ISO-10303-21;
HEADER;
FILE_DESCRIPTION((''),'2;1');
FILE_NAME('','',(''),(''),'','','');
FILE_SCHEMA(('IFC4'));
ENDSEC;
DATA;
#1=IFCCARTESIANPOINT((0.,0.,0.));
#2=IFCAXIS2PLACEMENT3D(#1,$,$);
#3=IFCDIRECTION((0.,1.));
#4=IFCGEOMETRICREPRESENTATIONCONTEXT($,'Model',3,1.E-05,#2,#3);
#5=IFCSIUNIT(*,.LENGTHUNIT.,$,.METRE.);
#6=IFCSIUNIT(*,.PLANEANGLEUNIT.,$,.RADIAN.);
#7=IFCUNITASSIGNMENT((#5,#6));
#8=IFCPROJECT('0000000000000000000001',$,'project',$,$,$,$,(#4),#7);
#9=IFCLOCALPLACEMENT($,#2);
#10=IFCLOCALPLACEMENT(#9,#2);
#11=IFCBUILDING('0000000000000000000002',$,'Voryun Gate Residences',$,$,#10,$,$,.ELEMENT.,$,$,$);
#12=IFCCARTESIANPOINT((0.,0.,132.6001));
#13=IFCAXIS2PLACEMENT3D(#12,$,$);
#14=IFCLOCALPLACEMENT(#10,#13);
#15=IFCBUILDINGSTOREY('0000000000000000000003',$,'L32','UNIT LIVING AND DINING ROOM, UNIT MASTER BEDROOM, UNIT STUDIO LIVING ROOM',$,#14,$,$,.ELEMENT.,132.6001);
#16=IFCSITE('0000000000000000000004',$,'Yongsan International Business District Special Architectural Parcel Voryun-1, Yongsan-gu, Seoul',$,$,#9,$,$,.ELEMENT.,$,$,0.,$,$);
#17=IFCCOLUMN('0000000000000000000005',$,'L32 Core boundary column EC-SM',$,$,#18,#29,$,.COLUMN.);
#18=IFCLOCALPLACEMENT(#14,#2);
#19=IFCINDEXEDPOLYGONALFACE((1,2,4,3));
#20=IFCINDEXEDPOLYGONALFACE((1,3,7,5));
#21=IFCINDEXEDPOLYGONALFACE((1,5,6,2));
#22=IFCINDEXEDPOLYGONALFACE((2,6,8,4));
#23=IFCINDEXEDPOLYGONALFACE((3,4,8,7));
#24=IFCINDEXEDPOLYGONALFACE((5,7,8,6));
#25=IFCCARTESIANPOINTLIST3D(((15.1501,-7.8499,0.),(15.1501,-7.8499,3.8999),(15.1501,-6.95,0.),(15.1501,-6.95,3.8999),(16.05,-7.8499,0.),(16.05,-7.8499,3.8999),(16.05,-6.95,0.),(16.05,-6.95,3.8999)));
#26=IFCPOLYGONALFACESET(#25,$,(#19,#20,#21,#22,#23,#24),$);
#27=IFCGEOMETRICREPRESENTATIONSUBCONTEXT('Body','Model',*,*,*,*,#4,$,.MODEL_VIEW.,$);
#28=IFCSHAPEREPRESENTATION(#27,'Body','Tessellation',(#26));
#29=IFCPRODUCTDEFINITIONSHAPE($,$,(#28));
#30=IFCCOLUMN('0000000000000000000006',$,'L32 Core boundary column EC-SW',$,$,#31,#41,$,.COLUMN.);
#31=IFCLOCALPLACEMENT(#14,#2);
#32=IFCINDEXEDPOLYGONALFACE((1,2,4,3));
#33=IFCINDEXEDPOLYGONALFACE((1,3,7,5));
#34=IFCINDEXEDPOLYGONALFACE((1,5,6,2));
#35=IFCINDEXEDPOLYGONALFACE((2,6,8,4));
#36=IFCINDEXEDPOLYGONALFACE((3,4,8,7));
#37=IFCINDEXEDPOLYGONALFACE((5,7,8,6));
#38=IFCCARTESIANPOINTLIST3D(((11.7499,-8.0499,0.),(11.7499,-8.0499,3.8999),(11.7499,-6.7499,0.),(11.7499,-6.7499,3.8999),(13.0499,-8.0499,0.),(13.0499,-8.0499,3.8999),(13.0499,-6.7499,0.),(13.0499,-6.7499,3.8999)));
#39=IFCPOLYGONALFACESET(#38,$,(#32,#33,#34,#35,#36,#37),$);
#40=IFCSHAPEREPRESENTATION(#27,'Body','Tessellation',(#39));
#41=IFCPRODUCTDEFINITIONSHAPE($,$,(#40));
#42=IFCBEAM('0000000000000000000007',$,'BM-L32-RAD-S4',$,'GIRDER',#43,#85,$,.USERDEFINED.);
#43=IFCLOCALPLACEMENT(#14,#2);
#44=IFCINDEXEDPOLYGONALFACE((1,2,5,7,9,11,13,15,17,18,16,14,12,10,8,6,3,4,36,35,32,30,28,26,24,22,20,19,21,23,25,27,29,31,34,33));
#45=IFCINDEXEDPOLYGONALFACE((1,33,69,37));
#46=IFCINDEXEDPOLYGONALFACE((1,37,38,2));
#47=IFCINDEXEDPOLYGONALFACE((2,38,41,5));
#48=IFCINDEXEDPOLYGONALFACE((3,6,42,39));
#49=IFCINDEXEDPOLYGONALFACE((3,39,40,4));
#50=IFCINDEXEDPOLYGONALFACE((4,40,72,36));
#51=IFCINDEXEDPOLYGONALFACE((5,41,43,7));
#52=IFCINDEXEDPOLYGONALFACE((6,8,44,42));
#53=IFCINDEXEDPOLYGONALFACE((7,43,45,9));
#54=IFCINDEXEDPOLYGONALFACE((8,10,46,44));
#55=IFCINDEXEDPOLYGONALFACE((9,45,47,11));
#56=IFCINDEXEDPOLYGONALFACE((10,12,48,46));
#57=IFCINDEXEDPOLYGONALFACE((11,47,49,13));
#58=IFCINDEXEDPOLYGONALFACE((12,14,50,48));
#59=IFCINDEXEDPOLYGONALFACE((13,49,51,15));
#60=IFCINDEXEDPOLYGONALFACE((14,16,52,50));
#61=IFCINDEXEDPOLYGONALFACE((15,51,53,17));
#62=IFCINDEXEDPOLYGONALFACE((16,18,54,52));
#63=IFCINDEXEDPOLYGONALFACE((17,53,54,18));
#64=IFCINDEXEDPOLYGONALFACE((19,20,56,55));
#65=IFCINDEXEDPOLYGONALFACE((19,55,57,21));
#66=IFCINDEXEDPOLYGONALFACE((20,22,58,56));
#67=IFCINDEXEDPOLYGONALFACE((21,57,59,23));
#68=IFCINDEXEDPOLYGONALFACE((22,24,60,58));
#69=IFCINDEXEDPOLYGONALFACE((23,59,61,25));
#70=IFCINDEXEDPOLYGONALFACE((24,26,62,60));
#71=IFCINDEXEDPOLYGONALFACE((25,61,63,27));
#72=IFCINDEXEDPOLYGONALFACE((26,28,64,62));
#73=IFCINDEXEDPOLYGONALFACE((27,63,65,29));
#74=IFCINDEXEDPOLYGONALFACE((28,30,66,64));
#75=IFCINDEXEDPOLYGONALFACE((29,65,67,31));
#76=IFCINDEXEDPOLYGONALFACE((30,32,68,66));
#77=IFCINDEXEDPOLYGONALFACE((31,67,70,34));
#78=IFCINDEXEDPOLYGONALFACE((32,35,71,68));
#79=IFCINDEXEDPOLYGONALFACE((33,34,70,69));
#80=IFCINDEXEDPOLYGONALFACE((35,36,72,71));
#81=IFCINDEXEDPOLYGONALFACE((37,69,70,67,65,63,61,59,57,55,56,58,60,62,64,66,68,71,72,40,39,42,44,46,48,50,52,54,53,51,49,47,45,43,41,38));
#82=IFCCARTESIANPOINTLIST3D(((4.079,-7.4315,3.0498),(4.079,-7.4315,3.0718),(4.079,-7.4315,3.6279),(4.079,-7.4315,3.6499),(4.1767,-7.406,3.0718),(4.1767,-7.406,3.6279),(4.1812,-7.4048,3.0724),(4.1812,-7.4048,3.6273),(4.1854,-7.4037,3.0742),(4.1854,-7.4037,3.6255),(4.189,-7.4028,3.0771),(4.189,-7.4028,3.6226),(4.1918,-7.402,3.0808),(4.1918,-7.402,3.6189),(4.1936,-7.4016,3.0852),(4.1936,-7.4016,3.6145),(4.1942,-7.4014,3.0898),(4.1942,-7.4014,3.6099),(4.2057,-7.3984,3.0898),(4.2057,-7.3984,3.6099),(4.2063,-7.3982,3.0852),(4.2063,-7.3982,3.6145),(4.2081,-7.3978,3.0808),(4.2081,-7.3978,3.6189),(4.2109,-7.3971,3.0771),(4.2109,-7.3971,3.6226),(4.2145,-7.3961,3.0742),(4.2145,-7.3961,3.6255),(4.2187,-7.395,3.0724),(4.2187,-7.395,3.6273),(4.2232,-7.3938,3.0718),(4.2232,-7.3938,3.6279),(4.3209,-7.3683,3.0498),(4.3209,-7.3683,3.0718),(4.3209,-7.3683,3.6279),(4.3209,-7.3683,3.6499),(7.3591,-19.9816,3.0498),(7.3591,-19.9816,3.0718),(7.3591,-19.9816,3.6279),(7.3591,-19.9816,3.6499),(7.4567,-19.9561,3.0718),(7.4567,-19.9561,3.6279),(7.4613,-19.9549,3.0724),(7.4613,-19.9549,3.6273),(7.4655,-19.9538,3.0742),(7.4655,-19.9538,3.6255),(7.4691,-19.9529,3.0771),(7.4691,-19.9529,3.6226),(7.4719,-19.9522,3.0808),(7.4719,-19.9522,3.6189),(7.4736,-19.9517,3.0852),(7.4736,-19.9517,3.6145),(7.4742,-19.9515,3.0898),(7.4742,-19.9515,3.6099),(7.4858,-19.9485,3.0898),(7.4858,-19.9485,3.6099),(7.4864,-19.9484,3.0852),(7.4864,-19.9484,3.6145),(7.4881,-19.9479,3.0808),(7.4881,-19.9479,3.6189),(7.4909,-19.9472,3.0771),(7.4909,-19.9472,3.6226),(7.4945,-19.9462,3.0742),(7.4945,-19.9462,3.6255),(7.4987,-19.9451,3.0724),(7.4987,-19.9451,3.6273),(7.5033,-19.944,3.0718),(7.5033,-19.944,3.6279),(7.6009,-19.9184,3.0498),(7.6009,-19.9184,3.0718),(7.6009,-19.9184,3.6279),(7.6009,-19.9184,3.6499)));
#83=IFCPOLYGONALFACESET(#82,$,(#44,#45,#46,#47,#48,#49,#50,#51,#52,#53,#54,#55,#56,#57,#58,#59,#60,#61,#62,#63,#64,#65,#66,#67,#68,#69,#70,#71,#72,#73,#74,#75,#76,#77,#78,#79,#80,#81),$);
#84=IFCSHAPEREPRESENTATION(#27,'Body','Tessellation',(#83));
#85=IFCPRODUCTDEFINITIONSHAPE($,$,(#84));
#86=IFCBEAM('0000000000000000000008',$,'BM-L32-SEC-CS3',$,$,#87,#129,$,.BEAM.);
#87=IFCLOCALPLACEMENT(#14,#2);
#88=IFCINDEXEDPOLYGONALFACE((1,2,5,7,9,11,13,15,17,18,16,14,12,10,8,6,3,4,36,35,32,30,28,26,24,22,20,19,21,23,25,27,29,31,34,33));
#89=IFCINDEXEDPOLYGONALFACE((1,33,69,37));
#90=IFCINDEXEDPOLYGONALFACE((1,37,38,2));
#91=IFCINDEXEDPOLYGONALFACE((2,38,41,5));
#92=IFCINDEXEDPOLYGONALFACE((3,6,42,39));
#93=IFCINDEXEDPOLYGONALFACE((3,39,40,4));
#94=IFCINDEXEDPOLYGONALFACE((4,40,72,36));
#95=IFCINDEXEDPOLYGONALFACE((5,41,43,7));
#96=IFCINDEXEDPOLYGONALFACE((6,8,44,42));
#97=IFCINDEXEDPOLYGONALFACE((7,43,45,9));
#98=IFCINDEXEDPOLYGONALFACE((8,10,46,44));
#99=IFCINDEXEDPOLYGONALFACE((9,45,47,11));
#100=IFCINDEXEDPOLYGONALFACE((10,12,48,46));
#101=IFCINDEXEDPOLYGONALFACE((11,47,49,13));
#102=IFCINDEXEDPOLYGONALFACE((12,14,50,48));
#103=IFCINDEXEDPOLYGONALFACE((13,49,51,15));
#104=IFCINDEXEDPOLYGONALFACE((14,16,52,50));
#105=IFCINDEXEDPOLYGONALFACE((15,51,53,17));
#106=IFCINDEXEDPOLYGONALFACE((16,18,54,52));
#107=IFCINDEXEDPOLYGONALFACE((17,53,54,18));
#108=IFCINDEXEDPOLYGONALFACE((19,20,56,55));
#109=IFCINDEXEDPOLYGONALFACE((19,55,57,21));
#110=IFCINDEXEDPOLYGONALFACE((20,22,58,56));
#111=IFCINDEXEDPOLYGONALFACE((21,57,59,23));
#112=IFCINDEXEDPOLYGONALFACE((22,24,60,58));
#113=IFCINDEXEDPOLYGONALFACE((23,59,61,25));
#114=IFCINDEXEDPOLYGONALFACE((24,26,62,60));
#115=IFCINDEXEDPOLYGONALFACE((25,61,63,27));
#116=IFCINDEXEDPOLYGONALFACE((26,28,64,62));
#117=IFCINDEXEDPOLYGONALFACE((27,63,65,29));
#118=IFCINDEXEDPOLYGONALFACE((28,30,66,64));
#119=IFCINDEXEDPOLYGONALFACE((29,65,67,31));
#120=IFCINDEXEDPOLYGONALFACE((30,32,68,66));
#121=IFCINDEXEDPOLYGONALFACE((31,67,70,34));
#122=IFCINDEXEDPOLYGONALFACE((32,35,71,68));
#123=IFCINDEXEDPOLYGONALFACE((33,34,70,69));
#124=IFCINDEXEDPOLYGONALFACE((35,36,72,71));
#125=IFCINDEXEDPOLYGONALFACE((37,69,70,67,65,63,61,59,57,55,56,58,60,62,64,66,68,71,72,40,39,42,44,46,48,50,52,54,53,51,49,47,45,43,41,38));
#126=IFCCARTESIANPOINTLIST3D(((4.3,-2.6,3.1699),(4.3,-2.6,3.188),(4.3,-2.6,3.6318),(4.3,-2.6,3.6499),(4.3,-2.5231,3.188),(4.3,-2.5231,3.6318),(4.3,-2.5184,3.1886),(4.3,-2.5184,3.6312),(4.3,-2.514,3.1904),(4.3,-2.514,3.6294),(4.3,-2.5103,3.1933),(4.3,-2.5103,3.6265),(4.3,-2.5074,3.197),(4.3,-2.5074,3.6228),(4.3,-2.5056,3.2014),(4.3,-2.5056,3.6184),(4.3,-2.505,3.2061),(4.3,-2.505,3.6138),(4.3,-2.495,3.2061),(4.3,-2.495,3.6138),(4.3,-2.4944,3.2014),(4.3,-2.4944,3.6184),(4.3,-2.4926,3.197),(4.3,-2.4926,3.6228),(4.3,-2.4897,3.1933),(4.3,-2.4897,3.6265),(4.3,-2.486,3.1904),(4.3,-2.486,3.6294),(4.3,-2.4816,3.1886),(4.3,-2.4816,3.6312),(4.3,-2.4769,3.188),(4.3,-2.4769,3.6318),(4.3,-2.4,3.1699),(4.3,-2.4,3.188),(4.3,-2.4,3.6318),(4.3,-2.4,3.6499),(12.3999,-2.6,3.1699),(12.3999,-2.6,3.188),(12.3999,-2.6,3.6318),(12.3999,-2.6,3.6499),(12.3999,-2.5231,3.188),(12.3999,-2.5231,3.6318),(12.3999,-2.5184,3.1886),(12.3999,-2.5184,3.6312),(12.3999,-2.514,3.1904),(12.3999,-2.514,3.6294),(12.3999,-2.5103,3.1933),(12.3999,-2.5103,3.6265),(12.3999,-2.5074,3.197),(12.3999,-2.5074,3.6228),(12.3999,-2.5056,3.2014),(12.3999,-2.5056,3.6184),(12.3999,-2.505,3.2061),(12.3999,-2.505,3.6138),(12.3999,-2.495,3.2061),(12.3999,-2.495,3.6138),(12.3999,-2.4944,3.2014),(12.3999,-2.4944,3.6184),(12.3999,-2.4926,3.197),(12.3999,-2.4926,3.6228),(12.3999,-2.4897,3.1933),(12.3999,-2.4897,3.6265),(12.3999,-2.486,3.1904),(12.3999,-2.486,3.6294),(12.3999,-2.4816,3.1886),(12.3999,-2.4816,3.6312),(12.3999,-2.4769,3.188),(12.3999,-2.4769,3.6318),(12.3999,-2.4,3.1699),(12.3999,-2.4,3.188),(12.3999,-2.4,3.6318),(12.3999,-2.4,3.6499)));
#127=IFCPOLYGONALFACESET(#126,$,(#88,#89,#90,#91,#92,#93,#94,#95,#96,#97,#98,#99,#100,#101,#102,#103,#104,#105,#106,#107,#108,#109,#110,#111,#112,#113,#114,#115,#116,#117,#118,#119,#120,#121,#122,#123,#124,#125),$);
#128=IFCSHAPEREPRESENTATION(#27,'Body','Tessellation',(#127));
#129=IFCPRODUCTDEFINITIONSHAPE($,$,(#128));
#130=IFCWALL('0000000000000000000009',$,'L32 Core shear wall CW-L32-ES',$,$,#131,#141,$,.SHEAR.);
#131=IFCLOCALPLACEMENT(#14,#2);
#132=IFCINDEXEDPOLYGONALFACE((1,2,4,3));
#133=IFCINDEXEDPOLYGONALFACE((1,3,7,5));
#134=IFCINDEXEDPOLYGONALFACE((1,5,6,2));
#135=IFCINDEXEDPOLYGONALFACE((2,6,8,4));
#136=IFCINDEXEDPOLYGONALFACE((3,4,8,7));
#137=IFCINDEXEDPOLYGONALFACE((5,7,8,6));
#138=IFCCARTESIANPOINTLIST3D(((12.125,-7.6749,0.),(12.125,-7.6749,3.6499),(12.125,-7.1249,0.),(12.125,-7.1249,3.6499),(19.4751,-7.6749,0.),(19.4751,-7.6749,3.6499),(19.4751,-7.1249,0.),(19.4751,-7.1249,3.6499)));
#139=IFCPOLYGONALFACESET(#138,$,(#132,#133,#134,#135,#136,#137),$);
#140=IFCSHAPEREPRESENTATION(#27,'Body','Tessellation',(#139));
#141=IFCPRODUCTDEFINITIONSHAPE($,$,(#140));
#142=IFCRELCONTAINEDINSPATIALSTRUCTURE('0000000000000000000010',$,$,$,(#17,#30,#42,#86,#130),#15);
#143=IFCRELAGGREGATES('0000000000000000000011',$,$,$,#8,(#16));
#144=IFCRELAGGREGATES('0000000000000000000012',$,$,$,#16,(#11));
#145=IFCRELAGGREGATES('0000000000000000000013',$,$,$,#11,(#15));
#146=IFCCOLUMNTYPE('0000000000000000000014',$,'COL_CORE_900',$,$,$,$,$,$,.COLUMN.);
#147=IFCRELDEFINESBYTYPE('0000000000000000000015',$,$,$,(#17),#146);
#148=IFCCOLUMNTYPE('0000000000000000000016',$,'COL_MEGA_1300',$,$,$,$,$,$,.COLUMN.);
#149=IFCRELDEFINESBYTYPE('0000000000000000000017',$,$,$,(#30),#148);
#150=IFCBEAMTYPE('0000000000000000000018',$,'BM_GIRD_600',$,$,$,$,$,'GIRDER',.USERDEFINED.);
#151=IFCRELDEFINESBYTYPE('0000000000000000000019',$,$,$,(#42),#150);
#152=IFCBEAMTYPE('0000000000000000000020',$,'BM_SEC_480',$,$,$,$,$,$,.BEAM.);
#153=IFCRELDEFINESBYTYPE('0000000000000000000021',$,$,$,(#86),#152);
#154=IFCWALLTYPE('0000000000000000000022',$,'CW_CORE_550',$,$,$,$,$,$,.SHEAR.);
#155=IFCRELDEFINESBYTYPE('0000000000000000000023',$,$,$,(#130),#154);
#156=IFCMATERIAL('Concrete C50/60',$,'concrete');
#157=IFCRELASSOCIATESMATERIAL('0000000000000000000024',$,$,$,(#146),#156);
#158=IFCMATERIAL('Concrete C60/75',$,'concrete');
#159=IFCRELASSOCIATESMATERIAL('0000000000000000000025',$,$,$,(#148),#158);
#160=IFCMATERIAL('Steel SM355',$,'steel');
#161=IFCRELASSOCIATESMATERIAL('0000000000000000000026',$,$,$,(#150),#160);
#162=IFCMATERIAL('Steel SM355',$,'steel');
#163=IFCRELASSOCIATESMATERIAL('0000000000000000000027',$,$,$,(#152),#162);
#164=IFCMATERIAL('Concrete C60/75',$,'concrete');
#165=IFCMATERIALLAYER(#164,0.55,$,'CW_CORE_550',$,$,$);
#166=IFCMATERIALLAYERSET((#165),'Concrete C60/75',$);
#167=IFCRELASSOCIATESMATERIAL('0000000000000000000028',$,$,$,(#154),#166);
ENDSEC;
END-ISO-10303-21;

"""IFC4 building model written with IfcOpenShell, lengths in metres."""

from ifc_helpers import new_model, si_unit, direction, frame, frame_2d, origin, origin_2d, place, context, subcontext, project, spatial, rectangle, i_section, extrude, material, layer, layer_set, material_profile, profile_set, type_object, element, save


model = new_model("IFC4")

# Units and contexts
model_context = context("Model", 3, precision=1e-05, world=origin(), true_north=direction((0.0, 1.0)))
body_context = subcontext(model_context, "Body", "Model", "MODEL_VIEW")
ifc_project = project(units=[si_unit("LENGTHUNIT", "METRE"), si_unit("PLANEANGLEUNIT", "RADIAN")], contexts=[model_context])

# Site, building, storey
site_placement = place(None, origin())
site = spatial("IfcSite", under=ifc_project, at=site_placement, Name="Yongsan International Business District Special Architectural Parcel Voryun-1, Yongsan-gu, Seoul", CompositionType="ELEMENT", RefElevation=0.0)
building_placement = place(site_placement, origin())
building = spatial("IfcBuilding", under=site, at=building_placement, Name="Voryun Gate Residences", CompositionType="ELEMENT")
storey_placement = place(building_placement, frame((0.0, 0.0, 132.6001)))
storey = spatial("IfcBuildingStorey", under=building, at=storey_placement, Name="L32", Description="UNIT LIVING AND DINING ROOM, UNIT MASTER BEDROOM, UNIT STUDIO LIVING ROOM", CompositionType="ELEMENT", Elevation=132.6001)

# Columns
ifc_material_1 = material(Name="Concrete C50/60", Category="concrete")
ifc_material_profile_1 = material_profile(ifc_material_1, rectangle(XDim=0.8999, YDim=0.8999, at=origin_2d()), Name="RC-900x900")
ifc_profile_set_1 = profile_set([ifc_material_profile_1], Name="Concrete C50/60")
column_type_1 = type_object("IfcColumnType", Name="COL_CORE_900", PredefinedType="COLUMN", material=ifc_profile_set_1)
column_1_placement = place(storey_placement, frame((15.6001, -7.3999, 0.0), z_axis=(0.0, 0.0, 1.0), x_axis=(1.0, 0.0, 0.0)))
element("IfcColumn", 1, at=column_1_placement, inside=storey, type_object=column_type_1, Name="L32 Core boundary column EC-SM", PredefinedType="COLUMN", context=body_context, shape_type="SweptSolid", body=[
    extrude(rectangle(XDim=0.8999, YDim=0.8999, at=origin_2d()), origin(), (0.0, 0.0, 1.0), 3.8999),
])
ifc_material_2 = material(Name="Concrete C60/75", Category="concrete")
ifc_material_profile_2 = material_profile(ifc_material_2, rectangle(XDim=1.3, YDim=1.3, at=origin_2d()), Name="RC-1300x1300")
ifc_profile_set_2 = profile_set([ifc_material_profile_2], Name="Concrete C60/75")
column_type_2 = type_object("IfcColumnType", Name="COL_MEGA_1300", PredefinedType="COLUMN", material=ifc_profile_set_2)
column_2_placement = place(storey_placement, frame((12.3999, -7.3999, 0.0), z_axis=(0.0, 0.0, 1.0), x_axis=(1.0, 0.0, 0.0)))
element("IfcColumn", 2, at=column_2_placement, inside=storey, type_object=column_type_2, Name="L32 Core boundary column EC-SW", PredefinedType="COLUMN", context=body_context, shape_type="SweptSolid", body=[
    extrude(rectangle(XDim=1.3, YDim=1.3, at=origin_2d()), origin(), (0.0, 0.0, 1.0), 3.8999),
])

# Beams
ifc_material_3 = material(Name="Steel SM355", Category="steel")
ifc_material_profile_3 = material_profile(ifc_material_3, i_section(OverallWidth=0.25, OverallDepth=0.6001, WebThickness=0.012, FlangeThickness=0.022, FilletRadius=0.0181, at=origin_2d()), Name="H-600x250x12x22")
ifc_profile_set_3 = profile_set([ifc_material_profile_3], Name="Steel SM355")
beam_type_1 = type_object("IfcBeamType", Name="BM_GIRD_600", ElementType="GIRDER", PredefinedType="USERDEFINED", material=ifc_profile_set_3)
beam_1_placement = place(storey_placement, frame((4.2, -7.3999, 3.3499), z_axis=(0.252862, -0.967502, 0.0), x_axis=(0.967502, 0.252862, 0.0)))
element("IfcBeam", 3, at=beam_1_placement, inside=storey, type_object=beam_type_1, Name="BM-L32-RAD-S4", ObjectType="GIRDER", PredefinedType="USERDEFINED", context=body_context, shape_type="SweptSolid", body=[
    extrude(i_section(OverallWidth=0.25, OverallDepth=0.6001, WebThickness=0.012, FlangeThickness=0.022, FilletRadius=0.0181, at=origin_2d()), origin(), (0.0, 0.0, 1.0), 12.9717),
])
ifc_material_4 = material(Name="Steel SM355", Category="steel")
ifc_material_profile_4 = material_profile(ifc_material_4, i_section(OverallWidth=0.2, OverallDepth=0.48, WebThickness=0.01, FlangeThickness=0.0181, FilletRadius=0.0181, at=origin_2d()), Name="H-480x200x10x18")
ifc_profile_set_4 = profile_set([ifc_material_profile_4], Name="Steel SM355")
beam_type_2 = type_object("IfcBeamType", Name="BM_SEC_480", PredefinedType="BEAM", material=ifc_profile_set_4)
beam_2_placement = place(storey_placement, frame((4.3, -2.5, 3.4099), z_axis=(1.0, 0.0, 0.0), x_axis=(0.0, 1.0, 0.0)))
element("IfcBeam", 4, at=beam_2_placement, inside=storey, type_object=beam_type_2, Name="BM-L32-SEC-CS3", PredefinedType="BEAM", context=body_context, shape_type="SweptSolid", body=[
    extrude(i_section(OverallWidth=0.2, OverallDepth=0.48, WebThickness=0.01, FlangeThickness=0.0181, FilletRadius=0.0181, at=origin_2d()), origin(), (0.0, 0.0, 1.0), 8.0999),
])

# Wall
ifc_material_5 = material(Name="Concrete C60/75", Category="concrete")
ifc_layer_1 = layer(ifc_material_5, 0.55, Name="CW_CORE_550")
ifc_layer_set_1 = layer_set([ifc_layer_1], Name="Concrete C60/75")
wall_type_1 = type_object("IfcWallType", Name="CW_CORE_550", PredefinedType="SHEAR", material=ifc_layer_set_1)
wall_1_placement = place(storey_placement, frame((12.125, -7.3999, 0.0), z_axis=(0.0, 0.0, 1.0), x_axis=(1.0, 0.0, 0.0)))
element("IfcWall", 5, at=wall_1_placement, inside=storey, type_object=wall_type_1, Name="L32 Core shear wall CW-L32-ES", PredefinedType="SHEAR", context=body_context, shape_type="SweptSolid", body=[
    extrude(rectangle(XDim=7.3501, YDim=0.55, at=frame_2d((3.675, 0.0))), origin(), (0.0, 0.0, 1.0), 3.6499),
])

save(model, "model.ifc")
